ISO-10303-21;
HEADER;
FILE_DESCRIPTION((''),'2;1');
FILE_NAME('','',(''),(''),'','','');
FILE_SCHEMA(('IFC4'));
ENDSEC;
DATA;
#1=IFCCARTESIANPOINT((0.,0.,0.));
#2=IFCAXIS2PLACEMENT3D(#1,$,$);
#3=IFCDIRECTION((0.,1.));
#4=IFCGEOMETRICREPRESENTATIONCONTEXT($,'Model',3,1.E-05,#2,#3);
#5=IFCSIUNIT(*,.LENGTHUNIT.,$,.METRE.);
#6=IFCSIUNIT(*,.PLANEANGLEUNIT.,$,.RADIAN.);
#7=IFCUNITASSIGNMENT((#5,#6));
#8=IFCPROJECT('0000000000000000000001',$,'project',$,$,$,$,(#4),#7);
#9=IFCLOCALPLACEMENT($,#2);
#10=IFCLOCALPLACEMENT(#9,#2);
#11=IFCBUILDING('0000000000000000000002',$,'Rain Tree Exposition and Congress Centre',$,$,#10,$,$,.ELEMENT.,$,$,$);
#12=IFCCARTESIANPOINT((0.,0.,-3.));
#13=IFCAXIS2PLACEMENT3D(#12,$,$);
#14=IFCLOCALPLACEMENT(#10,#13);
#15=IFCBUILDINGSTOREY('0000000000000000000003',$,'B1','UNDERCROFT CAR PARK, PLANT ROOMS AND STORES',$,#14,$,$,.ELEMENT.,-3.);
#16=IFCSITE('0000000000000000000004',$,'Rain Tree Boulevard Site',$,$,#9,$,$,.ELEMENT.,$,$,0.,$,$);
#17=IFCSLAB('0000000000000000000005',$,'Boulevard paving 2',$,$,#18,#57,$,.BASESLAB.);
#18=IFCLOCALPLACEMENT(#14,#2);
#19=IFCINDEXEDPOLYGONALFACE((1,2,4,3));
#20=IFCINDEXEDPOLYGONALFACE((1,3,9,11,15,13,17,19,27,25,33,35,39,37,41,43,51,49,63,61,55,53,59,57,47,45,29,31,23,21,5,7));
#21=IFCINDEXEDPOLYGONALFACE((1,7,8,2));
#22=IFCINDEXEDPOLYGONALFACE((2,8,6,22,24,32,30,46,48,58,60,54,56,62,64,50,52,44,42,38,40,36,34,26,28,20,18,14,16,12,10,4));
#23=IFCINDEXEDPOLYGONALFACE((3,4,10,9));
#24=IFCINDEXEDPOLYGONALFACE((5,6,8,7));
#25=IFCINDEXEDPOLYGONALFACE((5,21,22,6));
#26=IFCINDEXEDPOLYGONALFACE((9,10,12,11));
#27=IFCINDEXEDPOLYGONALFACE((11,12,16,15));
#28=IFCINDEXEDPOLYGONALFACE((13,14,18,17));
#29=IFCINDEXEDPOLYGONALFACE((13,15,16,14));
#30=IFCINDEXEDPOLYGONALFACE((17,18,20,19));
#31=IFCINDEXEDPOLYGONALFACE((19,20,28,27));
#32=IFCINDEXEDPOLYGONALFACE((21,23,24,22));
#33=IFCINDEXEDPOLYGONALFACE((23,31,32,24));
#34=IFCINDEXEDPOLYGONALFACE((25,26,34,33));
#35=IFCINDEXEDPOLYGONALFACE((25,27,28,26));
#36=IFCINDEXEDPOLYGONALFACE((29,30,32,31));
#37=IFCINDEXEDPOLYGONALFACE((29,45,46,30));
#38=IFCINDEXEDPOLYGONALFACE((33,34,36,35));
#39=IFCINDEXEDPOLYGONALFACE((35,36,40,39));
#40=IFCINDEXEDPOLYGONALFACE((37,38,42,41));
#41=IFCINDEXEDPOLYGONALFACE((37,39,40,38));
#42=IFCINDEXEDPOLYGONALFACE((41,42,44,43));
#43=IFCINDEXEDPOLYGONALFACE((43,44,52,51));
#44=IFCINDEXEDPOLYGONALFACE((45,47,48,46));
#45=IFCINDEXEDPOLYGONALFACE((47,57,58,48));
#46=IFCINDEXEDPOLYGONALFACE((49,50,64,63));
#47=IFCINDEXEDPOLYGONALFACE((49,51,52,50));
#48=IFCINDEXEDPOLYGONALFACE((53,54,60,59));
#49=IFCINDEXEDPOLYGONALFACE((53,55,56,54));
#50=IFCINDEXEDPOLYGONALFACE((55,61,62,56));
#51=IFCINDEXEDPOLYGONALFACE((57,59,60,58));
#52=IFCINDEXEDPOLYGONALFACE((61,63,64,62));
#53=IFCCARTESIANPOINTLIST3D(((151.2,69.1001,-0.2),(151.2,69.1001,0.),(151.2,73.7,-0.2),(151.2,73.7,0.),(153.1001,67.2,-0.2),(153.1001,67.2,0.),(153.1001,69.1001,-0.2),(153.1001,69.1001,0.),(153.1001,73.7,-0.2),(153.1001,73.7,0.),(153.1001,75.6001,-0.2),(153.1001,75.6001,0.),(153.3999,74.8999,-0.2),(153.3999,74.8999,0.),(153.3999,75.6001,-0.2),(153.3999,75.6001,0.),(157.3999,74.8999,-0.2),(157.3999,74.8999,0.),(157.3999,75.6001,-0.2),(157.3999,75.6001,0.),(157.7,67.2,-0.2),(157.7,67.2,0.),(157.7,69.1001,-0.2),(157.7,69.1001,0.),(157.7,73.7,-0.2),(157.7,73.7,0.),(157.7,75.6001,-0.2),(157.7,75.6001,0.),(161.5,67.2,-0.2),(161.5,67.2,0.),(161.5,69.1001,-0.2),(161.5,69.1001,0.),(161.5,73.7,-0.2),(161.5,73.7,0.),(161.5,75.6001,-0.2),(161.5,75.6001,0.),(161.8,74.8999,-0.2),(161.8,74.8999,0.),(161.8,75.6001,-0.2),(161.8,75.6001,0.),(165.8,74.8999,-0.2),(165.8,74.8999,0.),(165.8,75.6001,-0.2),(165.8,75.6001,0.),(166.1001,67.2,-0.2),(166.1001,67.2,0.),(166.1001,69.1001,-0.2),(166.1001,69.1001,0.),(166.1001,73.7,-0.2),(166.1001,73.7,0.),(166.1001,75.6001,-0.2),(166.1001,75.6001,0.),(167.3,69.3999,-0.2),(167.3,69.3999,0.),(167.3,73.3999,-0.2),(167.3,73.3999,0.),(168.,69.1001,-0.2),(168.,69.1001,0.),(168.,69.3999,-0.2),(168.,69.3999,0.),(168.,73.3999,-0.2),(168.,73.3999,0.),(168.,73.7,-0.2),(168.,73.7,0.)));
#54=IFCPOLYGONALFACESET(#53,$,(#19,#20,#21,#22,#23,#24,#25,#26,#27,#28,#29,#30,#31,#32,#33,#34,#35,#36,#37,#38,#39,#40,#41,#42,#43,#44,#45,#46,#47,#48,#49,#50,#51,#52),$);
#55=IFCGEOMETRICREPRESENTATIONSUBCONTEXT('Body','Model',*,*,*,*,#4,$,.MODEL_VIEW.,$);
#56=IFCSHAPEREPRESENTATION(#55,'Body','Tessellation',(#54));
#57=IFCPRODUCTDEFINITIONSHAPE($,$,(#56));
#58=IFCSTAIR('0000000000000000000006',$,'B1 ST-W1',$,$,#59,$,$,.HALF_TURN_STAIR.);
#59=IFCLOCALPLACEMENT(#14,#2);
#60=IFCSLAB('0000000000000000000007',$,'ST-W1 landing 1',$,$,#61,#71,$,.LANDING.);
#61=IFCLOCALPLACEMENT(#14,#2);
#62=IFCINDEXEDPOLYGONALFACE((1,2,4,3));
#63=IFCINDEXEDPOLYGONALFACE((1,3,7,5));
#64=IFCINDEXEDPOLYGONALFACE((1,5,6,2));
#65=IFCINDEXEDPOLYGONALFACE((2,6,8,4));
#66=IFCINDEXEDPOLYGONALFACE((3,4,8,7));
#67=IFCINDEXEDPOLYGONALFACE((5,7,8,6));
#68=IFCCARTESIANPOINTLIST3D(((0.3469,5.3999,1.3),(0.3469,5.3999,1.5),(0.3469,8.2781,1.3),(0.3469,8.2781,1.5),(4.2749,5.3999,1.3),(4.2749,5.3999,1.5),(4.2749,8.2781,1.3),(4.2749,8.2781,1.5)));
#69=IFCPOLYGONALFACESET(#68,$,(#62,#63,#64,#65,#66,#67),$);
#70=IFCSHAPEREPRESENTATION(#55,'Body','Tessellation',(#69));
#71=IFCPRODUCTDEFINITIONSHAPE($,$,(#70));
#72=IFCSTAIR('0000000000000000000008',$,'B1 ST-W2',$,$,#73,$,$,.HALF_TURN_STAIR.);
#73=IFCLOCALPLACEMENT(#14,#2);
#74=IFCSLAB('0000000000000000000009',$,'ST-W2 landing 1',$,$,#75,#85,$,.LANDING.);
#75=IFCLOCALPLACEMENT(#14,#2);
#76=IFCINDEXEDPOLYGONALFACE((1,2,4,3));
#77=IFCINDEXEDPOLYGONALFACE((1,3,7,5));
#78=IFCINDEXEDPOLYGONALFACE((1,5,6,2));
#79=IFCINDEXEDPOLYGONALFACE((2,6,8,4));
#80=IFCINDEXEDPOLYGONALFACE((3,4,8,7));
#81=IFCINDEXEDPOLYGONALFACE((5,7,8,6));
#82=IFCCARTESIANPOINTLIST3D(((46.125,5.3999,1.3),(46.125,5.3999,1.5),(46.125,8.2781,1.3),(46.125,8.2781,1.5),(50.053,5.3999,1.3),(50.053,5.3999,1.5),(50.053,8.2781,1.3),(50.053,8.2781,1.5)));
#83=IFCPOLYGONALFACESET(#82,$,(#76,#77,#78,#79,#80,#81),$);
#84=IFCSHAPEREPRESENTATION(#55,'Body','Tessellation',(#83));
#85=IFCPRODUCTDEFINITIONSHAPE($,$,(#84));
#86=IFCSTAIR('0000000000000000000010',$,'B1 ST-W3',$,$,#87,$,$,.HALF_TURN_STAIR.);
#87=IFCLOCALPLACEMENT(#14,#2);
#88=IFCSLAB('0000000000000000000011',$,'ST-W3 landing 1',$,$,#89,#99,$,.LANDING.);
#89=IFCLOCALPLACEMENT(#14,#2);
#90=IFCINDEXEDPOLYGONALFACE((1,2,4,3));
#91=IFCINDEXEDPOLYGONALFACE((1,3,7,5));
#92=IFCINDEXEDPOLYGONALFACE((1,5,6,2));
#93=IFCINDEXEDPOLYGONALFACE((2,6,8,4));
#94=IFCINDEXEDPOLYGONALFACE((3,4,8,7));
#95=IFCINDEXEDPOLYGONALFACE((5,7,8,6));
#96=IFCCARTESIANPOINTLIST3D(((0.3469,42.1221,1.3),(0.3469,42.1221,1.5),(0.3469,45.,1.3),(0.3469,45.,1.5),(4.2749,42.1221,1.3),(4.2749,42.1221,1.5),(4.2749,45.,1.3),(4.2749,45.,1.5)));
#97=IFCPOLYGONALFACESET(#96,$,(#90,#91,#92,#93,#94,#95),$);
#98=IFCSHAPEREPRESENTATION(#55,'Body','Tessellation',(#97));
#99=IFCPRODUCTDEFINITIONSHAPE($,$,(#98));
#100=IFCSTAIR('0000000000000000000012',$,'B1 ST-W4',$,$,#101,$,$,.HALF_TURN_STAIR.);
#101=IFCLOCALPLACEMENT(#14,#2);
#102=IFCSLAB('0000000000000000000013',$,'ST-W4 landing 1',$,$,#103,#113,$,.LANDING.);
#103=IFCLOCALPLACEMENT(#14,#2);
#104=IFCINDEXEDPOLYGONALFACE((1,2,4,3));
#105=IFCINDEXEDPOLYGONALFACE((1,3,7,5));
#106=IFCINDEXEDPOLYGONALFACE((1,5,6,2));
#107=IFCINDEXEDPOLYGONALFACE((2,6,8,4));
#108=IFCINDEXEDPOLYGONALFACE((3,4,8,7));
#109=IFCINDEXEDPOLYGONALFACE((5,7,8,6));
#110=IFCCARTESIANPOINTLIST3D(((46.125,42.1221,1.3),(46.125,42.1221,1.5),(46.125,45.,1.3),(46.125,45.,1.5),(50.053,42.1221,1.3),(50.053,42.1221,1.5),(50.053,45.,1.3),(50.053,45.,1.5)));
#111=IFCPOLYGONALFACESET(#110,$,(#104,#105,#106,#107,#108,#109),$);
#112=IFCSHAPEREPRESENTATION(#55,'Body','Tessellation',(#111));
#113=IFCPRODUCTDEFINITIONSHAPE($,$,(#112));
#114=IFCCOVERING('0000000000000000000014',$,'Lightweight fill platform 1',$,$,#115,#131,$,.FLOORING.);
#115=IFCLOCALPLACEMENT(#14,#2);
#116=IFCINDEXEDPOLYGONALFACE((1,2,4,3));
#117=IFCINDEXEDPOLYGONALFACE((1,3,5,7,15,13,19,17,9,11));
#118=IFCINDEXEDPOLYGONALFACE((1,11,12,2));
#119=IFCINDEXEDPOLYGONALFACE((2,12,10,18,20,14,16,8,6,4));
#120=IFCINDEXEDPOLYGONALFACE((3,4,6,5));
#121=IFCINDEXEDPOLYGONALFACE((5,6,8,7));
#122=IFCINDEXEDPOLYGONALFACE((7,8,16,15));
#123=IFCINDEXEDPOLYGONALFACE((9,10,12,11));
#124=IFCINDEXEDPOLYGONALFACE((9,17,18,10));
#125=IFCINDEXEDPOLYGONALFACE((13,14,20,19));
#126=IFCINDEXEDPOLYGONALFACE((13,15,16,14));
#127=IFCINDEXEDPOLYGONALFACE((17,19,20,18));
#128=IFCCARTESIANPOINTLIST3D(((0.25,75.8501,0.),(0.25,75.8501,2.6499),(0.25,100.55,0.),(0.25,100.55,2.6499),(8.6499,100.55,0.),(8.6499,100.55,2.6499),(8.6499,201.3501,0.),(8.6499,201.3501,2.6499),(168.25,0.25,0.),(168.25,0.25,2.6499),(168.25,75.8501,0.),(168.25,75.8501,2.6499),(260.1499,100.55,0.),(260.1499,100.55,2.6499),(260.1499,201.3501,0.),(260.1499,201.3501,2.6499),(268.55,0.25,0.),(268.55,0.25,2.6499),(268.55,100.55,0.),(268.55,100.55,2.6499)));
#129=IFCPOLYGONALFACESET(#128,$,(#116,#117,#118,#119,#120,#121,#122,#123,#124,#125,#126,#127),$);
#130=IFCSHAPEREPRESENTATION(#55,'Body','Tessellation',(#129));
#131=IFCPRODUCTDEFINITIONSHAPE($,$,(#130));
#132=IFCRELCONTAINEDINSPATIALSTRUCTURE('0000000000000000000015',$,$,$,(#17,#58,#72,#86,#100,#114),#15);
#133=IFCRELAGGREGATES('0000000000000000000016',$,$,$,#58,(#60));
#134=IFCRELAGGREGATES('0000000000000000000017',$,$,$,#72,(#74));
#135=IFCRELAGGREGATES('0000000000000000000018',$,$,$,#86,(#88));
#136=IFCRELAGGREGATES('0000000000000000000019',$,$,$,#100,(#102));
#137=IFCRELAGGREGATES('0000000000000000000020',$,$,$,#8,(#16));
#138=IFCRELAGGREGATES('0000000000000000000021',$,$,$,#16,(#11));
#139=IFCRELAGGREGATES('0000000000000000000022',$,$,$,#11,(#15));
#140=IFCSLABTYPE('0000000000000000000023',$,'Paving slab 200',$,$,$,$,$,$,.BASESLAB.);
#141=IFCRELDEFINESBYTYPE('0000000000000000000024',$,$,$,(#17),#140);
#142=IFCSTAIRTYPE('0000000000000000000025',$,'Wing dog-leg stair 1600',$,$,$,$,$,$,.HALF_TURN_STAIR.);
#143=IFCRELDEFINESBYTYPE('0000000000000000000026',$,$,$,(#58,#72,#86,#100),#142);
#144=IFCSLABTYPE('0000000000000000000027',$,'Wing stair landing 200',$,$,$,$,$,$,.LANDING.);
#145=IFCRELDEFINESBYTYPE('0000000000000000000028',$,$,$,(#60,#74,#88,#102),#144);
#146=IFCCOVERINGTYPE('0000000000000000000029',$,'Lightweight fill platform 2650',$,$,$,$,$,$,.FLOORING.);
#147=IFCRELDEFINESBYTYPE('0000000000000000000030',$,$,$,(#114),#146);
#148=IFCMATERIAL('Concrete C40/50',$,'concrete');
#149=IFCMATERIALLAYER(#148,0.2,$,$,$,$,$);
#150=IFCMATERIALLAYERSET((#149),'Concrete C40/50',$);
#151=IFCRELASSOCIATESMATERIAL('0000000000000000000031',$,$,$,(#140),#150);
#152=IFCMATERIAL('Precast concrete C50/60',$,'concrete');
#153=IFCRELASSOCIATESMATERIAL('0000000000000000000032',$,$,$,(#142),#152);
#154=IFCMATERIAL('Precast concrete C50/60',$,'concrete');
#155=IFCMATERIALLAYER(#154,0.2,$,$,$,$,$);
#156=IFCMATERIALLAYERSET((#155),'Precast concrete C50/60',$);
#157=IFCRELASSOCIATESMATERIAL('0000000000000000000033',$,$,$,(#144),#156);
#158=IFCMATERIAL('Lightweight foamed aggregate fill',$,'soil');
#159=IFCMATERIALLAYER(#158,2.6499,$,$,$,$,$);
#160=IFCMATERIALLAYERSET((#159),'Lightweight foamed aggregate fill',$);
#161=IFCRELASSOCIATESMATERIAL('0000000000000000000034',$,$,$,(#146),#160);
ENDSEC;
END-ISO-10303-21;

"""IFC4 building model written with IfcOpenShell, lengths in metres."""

from ifc_helpers import new_model, si_unit, direction, frame, origin, place, context, subcontext, project, spatial, polyline, outline, extrude, material, layer, layer_set, type_object, element, aggregate, save


model = new_model("IFC4")

# Units and contexts
model_context = context("Model", 3, precision=1e-05, world=origin(), true_north=direction((0.0, 1.0)))
body_context = subcontext(model_context, "Body", "Model", "MODEL_VIEW")
ifc_project = project(units=[si_unit("LENGTHUNIT", "METRE"), si_unit("PLANEANGLEUNIT", "RADIAN")], contexts=[model_context])

# Site, building, storey
site_placement = place(None, origin())
site = spatial("IfcSite", under=ifc_project, at=site_placement, Name="Rain Tree Boulevard Site", CompositionType="ELEMENT", RefElevation=0.0)
building_placement = place(site_placement, origin())
building = spatial("IfcBuilding", under=site, at=building_placement, Name="Rain Tree Exposition and Congress Centre", CompositionType="ELEMENT")
storey_placement = place(building_placement, frame((0.0, 0.0, -3.0)))
storey = spatial("IfcBuildingStorey", under=building, at=storey_placement, Name="B1", Description="UNDERCROFT CAR PARK, PLANT ROOMS AND STORES", CompositionType="ELEMENT", Elevation=-3.0)

# Slab
ifc_material_1 = material(Name="Concrete C40/50", Category="concrete")
ifc_layer_1 = layer(ifc_material_1, 0.2)
ifc_layer_set_1 = layer_set([ifc_layer_1], Name="Concrete C40/50")
slab_type_1 = type_object("IfcSlabType", Name="Paving slab 200", PredefinedType="BASESLAB", material=ifc_layer_set_1)
slab_1_placement = place(storey_placement, frame((0.0, 0.0, -0.2)))
element("IfcSlab", 1, at=slab_1_placement, inside=storey, type_object=slab_type_1, Name="Boulevard paving 2", PredefinedType="BASESLAB", context=body_context, shape_type="SweptSolid", body=[
    extrude(outline(polyline([(166.1001, 75.6001), (165.8, 75.6001), (165.8, 74.8999), (161.8, 74.8999), (161.8, 75.6001), (161.5, 75.6001), (161.5, 73.7), (157.7, 73.7), (157.7, 75.6001), (157.3999, 75.6001), (157.3999, 74.8999), (153.3999, 74.8999), (153.3999, 75.6001), (153.1001, 75.6001), (153.1001, 73.7), (151.2, 73.7), (151.2, 69.1001), (153.1001, 69.1001), (153.1001, 67.2), (157.7, 67.2), (157.7, 69.1001), (161.5, 69.1001), (161.5, 67.2), (166.1001, 67.2), (166.1001, 69.1001), (168.0, 69.1001), (168.0, 69.3999), (167.3, 69.3999), (167.3, 73.3999), (168.0, 73.3999), (168.0, 73.7), (166.1001, 73.7), (166.1001, 75.6001)])), origin(), (0.0, 0.0, 1.0), 0.2),
])

# Stairs, slabs
ifc_material_2 = material(Name="Precast concrete C50/60", Category="concrete")
stair_type = type_object("IfcStairType", Name="Wing dog-leg stair 1600", PredefinedType="HALF_TURN_STAIR", material=ifc_material_2)
stair_1_placement = place(storey_placement, origin())
stair_1 = element("IfcStair", 2, at=stair_1_placement, inside=storey, type_object=stair_type, Name="B1 ST-W1", PredefinedType="HALF_TURN_STAIR")
ifc_material_3 = material(Name="Precast concrete C50/60", Category="concrete")
ifc_layer_2 = layer(ifc_material_3, 0.2)
ifc_layer_set_2 = layer_set([ifc_layer_2], Name="Precast concrete C50/60")
slab_type_2 = type_object("IfcSlabType", Name="Wing stair landing 200", PredefinedType="LANDING", material=ifc_layer_set_2)
slab_2_placement = place(storey_placement, frame((0.0, 0.0, 1.3)))
slab_2 = element("IfcSlab", 3, at=slab_2_placement, type_object=slab_type_2, Name="ST-W1 landing 1", PredefinedType="LANDING", context=body_context, shape_type="SweptSolid", body=[
    extrude(outline(polyline([(4.2749, 5.3999), (4.2749, 8.2781), (0.3469, 8.2781), (0.3469, 5.3999), (4.2749, 5.3999)])), origin(), (0.0, 0.0, 1.0), 0.2),
])
aggregate(stair_1, [slab_2])
stair_2_placement = place(storey_placement, origin())
stair_2 = element("IfcStair", 4, at=stair_2_placement, inside=storey, type_object=stair_type, Name="B1 ST-W2", PredefinedType="HALF_TURN_STAIR")
slab_3_placement = place(storey_placement, frame((0.0, 0.0, 1.3)))
slab_3 = element("IfcSlab", 5, at=slab_3_placement, type_object=slab_type_2, Name="ST-W2 landing 1", PredefinedType="LANDING", context=body_context, shape_type="SweptSolid", body=[
    extrude(outline(polyline([(46.125, 5.3999), (46.125, 8.2781), (50.053, 8.2781), (50.053, 5.3999), (46.125, 5.3999)])), origin(), (0.0, 0.0, 1.0), 0.2),
])
aggregate(stair_2, [slab_3])
stair_3_placement = place(storey_placement, origin())
stair_3 = element("IfcStair", 6, at=stair_3_placement, inside=storey, type_object=stair_type, Name="B1 ST-W3", PredefinedType="HALF_TURN_STAIR")
slab_4_placement = place(storey_placement, frame((0.0, 0.0, 1.3)))
slab_4 = element("IfcSlab", 7, at=slab_4_placement, type_object=slab_type_2, Name="ST-W3 landing 1", PredefinedType="LANDING", context=body_context, shape_type="SweptSolid", body=[
    extrude(outline(polyline([(4.2749, 45.0), (4.2749, 42.1221), (0.3469, 42.1221), (0.3469, 45.0), (4.2749, 45.0)])), origin(), (0.0, 0.0, 1.0), 0.2),
])
aggregate(stair_3, [slab_4])
stair_4_placement = place(storey_placement, origin())
stair_4 = element("IfcStair", 8, at=stair_4_placement, inside=storey, type_object=stair_type, Name="B1 ST-W4", PredefinedType="HALF_TURN_STAIR")
slab_5_placement = place(storey_placement, frame((0.0, 0.0, 1.3)))
slab_5 = element("IfcSlab", 9, at=slab_5_placement, type_object=slab_type_2, Name="ST-W4 landing 1", PredefinedType="LANDING", context=body_context, shape_type="SweptSolid", body=[
    extrude(outline(polyline([(46.125, 45.0), (46.125, 42.1221), (50.053, 42.1221), (50.053, 45.0), (46.125, 45.0)])), origin(), (0.0, 0.0, 1.0), 0.2),
])
aggregate(stair_4, [slab_5])

# Covering
ifc_material_4 = material(Name="Lightweight foamed aggregate fill", Category="soil")
ifc_layer_3 = layer(ifc_material_4, 2.6499)
ifc_layer_set_3 = layer_set([ifc_layer_3], Name="Lightweight foamed aggregate fill")
covering_type = type_object("IfcCoveringType", Name="Lightweight fill platform 2650", PredefinedType="FLOORING", material=ifc_layer_set_3)
covering_placement = place(storey_placement, origin())
element("IfcCovering", 10, at=covering_placement, inside=storey, type_object=covering_type, Name="Lightweight fill platform 1", PredefinedType="FLOORING", context=body_context, shape_type="SweptSolid", body=[
    extrude(outline(polyline([(168.25, 0.25), (268.55, 0.25), (268.55, 100.55), (260.1499, 100.55), (260.1499, 201.3501), (8.6499, 201.3501), (8.6499, 100.55), (0.25, 100.55), (0.25, 75.8501), (168.25, 75.8501), (168.25, 0.25)])), origin(), (0.0, 0.0, 1.0), 2.6499),
])

save(model, "model.ifc")
